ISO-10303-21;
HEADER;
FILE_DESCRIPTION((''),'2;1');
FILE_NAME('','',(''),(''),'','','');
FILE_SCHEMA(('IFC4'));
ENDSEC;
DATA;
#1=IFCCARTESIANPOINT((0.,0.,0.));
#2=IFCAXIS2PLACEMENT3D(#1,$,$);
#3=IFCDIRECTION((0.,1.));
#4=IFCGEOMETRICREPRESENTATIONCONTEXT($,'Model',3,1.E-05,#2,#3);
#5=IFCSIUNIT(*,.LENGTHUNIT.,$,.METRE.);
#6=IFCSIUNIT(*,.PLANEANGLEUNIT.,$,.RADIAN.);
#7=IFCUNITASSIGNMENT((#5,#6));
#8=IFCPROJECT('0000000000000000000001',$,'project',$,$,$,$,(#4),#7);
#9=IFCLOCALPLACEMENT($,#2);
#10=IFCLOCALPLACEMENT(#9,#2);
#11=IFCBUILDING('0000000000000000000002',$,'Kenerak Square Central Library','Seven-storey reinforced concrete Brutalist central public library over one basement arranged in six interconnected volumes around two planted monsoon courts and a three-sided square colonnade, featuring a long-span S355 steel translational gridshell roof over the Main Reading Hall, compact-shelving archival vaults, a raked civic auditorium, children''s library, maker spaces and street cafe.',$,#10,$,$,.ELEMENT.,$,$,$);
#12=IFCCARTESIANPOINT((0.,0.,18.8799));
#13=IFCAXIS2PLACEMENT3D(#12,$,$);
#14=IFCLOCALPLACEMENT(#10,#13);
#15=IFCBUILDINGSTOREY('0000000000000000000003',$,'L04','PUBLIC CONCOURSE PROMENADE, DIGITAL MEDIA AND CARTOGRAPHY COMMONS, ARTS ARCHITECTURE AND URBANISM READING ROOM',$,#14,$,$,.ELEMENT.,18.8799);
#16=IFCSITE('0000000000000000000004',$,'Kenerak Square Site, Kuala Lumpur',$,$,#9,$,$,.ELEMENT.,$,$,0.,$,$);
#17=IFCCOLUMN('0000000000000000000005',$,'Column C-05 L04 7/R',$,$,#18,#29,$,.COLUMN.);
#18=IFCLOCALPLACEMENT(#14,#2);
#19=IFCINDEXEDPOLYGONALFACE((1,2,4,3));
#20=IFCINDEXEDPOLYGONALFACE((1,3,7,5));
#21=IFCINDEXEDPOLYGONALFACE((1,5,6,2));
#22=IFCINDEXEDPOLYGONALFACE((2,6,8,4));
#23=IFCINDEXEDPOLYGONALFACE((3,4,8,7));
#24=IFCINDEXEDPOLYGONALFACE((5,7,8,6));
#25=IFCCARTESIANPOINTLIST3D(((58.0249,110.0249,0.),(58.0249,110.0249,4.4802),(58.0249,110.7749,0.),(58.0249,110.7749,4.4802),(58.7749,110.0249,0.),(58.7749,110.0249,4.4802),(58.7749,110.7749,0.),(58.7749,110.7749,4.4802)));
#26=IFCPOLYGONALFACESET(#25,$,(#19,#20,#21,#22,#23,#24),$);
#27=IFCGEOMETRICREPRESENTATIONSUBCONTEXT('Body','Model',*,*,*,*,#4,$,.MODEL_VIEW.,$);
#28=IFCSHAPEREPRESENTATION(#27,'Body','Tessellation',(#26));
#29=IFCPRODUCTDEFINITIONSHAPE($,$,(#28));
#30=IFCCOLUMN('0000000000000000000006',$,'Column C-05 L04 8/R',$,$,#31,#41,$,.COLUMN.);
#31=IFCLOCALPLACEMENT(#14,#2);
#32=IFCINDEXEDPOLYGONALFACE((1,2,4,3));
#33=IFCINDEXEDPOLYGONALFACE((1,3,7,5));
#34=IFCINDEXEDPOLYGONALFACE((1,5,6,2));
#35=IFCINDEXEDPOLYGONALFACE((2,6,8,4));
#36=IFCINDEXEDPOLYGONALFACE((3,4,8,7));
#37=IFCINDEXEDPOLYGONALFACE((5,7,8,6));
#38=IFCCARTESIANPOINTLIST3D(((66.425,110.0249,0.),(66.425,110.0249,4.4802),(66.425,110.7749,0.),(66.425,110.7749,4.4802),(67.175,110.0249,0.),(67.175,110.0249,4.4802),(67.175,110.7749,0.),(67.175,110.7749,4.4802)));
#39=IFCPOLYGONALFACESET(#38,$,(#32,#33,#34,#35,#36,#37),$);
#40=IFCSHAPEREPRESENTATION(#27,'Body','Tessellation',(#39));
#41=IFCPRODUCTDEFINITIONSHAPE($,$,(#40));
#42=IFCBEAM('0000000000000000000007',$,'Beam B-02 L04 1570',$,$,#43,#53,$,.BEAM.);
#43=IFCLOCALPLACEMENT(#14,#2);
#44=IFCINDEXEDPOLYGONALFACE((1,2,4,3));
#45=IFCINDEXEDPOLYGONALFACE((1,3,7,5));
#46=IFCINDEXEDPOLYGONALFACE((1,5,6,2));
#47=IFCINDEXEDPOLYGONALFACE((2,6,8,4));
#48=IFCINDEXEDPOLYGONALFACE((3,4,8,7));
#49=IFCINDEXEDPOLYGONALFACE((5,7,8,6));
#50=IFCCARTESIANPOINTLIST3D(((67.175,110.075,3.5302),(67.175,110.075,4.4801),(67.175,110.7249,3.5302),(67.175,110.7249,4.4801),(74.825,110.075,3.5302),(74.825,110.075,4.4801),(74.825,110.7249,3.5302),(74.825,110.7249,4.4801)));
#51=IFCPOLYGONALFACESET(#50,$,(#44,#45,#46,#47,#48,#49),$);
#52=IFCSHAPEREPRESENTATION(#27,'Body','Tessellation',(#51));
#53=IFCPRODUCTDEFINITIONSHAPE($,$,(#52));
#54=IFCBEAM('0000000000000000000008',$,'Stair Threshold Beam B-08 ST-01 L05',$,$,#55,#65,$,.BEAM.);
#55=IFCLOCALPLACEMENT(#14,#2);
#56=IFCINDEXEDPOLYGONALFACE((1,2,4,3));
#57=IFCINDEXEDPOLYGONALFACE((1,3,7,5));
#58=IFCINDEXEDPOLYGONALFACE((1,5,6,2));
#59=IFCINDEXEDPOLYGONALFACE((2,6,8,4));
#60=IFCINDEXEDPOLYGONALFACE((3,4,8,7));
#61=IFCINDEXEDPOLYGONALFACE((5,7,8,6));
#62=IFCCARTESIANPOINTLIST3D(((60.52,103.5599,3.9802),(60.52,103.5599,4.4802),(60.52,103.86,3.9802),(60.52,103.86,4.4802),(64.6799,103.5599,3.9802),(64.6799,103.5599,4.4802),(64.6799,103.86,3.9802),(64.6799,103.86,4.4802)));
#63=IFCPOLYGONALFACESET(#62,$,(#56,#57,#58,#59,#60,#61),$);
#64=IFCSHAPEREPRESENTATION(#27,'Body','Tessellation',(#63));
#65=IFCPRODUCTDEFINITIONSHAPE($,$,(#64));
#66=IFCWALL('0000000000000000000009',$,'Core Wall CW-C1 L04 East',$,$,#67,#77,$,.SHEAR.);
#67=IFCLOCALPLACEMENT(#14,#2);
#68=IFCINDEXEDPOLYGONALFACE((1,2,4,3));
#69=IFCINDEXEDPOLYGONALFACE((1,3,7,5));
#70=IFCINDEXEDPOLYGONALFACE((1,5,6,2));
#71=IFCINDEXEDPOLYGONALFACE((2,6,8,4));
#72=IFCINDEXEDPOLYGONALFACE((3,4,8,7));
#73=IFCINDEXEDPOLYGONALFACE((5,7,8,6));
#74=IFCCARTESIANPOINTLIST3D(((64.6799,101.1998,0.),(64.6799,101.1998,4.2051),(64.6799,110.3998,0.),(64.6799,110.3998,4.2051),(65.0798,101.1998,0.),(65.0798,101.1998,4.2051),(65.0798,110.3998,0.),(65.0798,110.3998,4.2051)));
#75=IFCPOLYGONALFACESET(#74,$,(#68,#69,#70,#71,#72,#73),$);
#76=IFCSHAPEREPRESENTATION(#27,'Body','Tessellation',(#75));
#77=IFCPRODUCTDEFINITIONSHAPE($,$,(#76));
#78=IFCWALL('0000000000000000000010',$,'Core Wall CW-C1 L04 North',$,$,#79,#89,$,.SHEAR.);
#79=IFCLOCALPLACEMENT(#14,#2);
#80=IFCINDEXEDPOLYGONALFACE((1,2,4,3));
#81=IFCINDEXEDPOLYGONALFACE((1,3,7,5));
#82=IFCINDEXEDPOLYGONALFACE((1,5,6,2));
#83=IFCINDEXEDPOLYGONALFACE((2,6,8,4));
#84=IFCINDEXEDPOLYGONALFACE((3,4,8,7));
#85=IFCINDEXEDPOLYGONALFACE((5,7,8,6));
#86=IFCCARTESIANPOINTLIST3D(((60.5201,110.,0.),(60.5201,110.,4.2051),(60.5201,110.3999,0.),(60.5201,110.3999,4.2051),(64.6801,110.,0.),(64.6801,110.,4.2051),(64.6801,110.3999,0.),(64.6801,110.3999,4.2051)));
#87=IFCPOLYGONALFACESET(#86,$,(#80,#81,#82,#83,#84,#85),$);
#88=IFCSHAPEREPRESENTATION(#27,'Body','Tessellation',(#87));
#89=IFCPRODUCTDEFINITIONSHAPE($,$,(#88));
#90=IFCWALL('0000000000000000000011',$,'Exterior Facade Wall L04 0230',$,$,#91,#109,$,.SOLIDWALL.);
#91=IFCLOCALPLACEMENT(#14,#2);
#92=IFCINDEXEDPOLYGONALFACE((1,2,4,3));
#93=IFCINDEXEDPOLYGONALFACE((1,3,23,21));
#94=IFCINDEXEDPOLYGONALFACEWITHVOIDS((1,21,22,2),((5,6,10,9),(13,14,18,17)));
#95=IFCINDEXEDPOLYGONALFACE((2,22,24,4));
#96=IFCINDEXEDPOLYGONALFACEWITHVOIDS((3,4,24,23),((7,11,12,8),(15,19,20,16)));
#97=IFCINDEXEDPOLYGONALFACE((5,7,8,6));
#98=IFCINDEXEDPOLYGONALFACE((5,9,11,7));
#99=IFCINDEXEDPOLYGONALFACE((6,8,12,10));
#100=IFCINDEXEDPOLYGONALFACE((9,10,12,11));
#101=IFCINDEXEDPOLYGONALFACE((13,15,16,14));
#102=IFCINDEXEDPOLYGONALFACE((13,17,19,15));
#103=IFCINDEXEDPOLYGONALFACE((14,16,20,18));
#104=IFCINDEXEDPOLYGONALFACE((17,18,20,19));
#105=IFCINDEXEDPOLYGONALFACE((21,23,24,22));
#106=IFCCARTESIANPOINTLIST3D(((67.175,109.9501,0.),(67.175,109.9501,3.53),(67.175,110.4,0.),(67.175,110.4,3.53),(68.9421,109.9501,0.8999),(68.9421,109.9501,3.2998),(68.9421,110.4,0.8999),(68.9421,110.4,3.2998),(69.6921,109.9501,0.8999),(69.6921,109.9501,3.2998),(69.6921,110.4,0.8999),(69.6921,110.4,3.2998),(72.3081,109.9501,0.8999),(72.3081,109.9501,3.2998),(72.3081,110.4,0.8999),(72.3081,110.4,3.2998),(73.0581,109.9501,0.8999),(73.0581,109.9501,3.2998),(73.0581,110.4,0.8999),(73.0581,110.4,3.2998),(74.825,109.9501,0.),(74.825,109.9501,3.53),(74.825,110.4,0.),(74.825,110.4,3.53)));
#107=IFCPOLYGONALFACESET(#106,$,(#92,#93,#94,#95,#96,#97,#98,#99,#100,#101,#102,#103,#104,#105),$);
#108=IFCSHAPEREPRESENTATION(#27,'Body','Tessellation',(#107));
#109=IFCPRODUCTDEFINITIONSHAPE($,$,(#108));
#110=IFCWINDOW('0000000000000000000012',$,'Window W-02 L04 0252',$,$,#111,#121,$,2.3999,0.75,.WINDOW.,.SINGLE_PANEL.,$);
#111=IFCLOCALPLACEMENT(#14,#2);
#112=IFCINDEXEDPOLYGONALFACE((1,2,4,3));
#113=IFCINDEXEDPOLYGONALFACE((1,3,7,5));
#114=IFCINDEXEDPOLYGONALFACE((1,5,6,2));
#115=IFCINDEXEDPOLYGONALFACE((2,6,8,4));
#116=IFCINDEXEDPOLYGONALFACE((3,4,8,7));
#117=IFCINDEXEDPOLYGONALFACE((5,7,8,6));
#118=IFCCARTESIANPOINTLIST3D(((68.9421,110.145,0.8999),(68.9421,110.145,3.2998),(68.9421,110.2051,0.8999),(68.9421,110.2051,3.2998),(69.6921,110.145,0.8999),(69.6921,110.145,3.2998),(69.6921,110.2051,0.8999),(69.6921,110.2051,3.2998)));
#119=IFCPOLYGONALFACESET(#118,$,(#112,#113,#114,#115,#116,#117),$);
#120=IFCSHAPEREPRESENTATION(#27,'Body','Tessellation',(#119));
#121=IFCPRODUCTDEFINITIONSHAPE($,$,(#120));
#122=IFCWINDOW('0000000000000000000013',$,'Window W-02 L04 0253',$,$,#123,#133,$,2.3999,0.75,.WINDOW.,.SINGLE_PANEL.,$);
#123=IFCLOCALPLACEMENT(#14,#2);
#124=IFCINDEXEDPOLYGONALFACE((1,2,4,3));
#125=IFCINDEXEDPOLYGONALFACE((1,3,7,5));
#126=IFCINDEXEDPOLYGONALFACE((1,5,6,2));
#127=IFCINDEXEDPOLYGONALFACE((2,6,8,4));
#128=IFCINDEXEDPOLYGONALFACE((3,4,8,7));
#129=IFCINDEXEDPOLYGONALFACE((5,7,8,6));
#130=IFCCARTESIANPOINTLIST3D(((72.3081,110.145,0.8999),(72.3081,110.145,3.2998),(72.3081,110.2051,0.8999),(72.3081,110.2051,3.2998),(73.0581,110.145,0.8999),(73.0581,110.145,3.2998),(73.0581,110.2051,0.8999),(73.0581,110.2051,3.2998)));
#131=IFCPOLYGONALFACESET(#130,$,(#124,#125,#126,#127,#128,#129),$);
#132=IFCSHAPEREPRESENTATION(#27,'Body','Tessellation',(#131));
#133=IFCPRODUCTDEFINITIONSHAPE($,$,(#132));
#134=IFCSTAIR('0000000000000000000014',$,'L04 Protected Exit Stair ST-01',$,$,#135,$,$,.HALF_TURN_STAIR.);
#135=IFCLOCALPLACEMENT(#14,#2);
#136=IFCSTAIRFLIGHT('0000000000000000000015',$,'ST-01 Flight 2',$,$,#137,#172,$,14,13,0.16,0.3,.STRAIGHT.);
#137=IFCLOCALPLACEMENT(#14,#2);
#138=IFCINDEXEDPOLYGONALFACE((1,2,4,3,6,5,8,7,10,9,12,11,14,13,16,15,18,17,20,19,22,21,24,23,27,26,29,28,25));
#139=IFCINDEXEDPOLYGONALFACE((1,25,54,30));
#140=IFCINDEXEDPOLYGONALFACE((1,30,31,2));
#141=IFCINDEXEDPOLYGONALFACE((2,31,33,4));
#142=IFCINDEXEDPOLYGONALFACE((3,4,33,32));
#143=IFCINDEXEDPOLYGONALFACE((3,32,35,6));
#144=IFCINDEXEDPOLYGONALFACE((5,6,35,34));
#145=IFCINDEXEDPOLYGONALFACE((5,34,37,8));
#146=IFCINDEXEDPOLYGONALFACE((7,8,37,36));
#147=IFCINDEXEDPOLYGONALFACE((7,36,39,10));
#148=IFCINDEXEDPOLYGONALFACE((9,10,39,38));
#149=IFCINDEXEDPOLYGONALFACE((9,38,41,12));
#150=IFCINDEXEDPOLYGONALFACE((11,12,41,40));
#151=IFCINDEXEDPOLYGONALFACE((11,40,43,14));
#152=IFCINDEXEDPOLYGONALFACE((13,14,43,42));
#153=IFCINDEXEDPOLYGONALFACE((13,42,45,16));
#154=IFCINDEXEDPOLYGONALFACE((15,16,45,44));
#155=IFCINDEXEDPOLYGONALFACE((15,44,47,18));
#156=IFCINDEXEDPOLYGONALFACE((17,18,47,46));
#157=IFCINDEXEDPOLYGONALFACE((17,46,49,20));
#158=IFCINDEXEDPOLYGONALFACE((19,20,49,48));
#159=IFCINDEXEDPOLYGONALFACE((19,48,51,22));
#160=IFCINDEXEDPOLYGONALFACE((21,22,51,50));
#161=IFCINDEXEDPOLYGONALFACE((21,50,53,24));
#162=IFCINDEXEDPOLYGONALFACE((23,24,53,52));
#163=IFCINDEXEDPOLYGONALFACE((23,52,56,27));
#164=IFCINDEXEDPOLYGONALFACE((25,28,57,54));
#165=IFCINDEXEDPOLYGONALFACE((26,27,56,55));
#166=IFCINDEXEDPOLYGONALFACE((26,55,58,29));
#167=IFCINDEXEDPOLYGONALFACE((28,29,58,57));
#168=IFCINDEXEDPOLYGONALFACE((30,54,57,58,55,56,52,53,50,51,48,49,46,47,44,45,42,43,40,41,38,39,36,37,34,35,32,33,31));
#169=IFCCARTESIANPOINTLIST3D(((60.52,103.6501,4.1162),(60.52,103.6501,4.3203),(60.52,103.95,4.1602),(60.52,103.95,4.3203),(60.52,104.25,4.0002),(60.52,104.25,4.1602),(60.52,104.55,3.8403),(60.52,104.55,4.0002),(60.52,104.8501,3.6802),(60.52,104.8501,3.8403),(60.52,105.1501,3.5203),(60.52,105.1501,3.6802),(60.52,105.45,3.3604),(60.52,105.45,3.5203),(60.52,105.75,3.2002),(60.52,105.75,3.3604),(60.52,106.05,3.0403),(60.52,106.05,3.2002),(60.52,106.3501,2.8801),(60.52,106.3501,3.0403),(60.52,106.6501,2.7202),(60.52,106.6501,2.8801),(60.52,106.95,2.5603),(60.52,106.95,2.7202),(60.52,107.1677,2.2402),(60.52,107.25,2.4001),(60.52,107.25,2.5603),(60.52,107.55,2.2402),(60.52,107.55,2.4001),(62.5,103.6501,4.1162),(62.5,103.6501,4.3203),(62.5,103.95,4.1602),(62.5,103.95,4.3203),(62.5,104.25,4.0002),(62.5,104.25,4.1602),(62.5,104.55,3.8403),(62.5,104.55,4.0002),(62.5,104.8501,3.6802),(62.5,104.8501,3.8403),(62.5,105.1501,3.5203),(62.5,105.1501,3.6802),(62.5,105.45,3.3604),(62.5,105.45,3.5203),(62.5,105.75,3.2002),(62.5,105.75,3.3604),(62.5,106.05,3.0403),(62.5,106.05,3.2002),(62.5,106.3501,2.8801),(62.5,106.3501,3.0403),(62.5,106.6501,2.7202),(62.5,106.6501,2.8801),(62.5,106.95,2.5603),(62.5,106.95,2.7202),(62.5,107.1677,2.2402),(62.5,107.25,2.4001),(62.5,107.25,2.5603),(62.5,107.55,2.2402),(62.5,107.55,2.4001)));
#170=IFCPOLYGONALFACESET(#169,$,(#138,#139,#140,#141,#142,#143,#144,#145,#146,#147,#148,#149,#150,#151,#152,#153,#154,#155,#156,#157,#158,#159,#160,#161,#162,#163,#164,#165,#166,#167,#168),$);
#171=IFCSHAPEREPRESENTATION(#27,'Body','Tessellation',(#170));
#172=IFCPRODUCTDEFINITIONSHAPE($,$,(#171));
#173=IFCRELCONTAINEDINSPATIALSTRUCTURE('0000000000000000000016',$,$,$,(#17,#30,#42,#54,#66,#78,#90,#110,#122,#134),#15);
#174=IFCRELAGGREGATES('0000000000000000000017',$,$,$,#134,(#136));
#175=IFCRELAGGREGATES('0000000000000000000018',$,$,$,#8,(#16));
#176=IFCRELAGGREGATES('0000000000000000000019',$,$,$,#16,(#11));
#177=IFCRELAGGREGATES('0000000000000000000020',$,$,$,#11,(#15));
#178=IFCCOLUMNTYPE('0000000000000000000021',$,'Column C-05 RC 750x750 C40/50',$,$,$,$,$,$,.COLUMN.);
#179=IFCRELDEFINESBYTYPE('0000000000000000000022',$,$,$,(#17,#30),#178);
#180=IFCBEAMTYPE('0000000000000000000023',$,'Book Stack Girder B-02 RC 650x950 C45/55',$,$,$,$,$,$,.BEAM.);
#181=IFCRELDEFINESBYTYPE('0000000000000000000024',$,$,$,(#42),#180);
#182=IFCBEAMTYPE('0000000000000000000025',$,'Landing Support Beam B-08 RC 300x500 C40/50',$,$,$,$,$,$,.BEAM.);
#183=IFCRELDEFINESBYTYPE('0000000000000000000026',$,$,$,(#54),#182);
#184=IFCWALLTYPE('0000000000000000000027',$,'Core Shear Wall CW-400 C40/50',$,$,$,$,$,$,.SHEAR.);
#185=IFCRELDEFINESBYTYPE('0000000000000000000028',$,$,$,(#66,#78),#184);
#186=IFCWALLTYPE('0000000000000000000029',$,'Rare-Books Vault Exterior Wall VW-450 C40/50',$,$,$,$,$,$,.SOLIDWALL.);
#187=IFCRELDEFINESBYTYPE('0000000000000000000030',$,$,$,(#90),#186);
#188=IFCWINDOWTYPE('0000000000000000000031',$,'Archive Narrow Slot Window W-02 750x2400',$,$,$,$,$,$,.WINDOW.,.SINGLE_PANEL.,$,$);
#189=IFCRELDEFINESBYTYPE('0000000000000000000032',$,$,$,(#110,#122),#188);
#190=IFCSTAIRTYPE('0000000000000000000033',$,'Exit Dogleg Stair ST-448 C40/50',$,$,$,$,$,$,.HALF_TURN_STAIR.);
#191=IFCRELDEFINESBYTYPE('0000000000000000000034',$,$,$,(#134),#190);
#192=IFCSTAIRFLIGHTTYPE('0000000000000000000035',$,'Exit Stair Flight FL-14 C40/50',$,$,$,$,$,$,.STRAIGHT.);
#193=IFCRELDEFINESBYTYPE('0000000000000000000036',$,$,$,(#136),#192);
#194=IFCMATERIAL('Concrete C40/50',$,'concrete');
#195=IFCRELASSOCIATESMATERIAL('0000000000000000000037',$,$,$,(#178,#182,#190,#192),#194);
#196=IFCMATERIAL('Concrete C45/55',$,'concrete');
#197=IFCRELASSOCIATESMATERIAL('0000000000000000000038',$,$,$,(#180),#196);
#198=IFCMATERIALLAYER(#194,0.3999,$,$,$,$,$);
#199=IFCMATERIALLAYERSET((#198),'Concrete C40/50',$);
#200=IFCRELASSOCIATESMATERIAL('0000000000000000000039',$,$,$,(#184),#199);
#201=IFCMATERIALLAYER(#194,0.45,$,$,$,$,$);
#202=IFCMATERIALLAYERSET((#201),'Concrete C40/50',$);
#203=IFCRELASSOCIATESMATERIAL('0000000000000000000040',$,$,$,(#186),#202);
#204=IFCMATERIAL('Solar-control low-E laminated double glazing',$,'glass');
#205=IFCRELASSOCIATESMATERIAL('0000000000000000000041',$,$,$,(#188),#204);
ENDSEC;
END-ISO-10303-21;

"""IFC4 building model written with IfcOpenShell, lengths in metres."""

from ifc_helpers import new_model, si_unit, direction, frame, frame_2d, origin, origin_2d, place, context, subcontext, project, spatial, polyline, rectangle, outline, extrude, material, layer, layer_set, material_profile, profile_set, type_object, element, fill, aggregate, save


model = new_model("IFC4")

# Units and contexts
model_context = context("Model", 3, precision=1e-05, world=origin(), true_north=direction((0.0, 1.0)))
body_context = subcontext(model_context, "Body", "Model", "MODEL_VIEW")
ifc_project = project(units=[si_unit("LENGTHUNIT", "METRE"), si_unit("PLANEANGLEUNIT", "RADIAN")], contexts=[model_context])

# Site, building, storey
site_placement = place(None, origin())
site = spatial("IfcSite", under=ifc_project, at=site_placement, Name="Kenerak Square Site, Kuala Lumpur", CompositionType="ELEMENT", RefElevation=0.0)
building_placement = place(site_placement, origin())
building = spatial("IfcBuilding", under=site, at=building_placement, Name="Kenerak Square Central Library", Description="Seven-storey reinforced concrete Brutalist central public library over one basement arranged in six interconnected volumes around two planted monsoon courts and a three-sided square colonnade, featuring a long-span S355 steel translational gridshell roof over the Main Reading Hall, compact-shelving archival vaults, a raked civic auditorium, children's library, maker spaces and street cafe.", CompositionType="ELEMENT")
storey_placement = place(building_placement, frame((0.0, 0.0, 18.8799)))
storey = spatial("IfcBuildingStorey", under=building, at=storey_placement, Name="L04", Description="PUBLIC CONCOURSE PROMENADE, DIGITAL MEDIA AND CARTOGRAPHY COMMONS, ARTS ARCHITECTURE AND URBANISM READING ROOM", CompositionType="ELEMENT", Elevation=18.8799)

# Columns
ifc_material_1 = material(Name="Concrete C40/50", Category="concrete")
ifc_material_profile_1 = material_profile(ifc_material_1, rectangle(XDim=0.75, YDim=0.75, at=origin_2d()), Name="RC 750x750")
ifc_profile_set_1 = profile_set([ifc_material_profile_1], Name="Concrete C40/50")
column_type = type_object("IfcColumnType", Name="Column C-05 RC 750x750 C40/50", PredefinedType="COLUMN", material=ifc_profile_set_1)
for number, where, z_axis, x_axis, name in (
    (1, (58.3999, 110.3999, 0.0), (0.0, 0.0, 1.0), (1.0, 0.0, 0.0), "Column C-05 L04 7/R"),
    (2, (66.8, 110.3999, 0.0), (0.0, 0.0, 1.0), (1.0, 0.0, 0.0), "Column C-05 L04 8/R"),
):
    element("IfcColumn", number, at=place(storey_placement, frame(where, z_axis=z_axis, x_axis=x_axis)), inside=storey, type_object=column_type, Name=name, PredefinedType="COLUMN", context=body_context, shape_type="SweptSolid", body=[
        extrude(rectangle(XDim=0.75, YDim=0.75, at=origin_2d()), origin(), (0.0, 0.0, 1.0), 4.4802),
    ])

# Beams
ifc_material_2 = material(Name="Concrete C45/55", Category="concrete")
ifc_material_profile_2 = material_profile(ifc_material_2, rectangle(XDim=0.6499, YDim=0.95, at=origin_2d()), Name="RC 650x950")
ifc_profile_set_2 = profile_set([ifc_material_profile_2], Name="Concrete C45/55")
beam_type_1 = type_object("IfcBeamType", Name="Book Stack Girder B-02 RC 650x950 C45/55", PredefinedType="BEAM", material=ifc_profile_set_2)
beam_1_placement = place(storey_placement, frame((67.175, 110.3999, 4.0051), z_axis=(1.0, 0.0, 0.0), x_axis=(0.0, 1.0, 0.0)))
element("IfcBeam", 3, at=beam_1_placement, inside=storey, type_object=beam_type_1, Name="Beam B-02 L04 1570", PredefinedType="BEAM", context=body_context, shape_type="SweptSolid", body=[
    extrude(rectangle(XDim=0.6499, YDim=0.95, at=origin_2d()), origin(), (0.0, 0.0, 1.0), 7.6499),
])
ifc_material_profile_3 = material_profile(ifc_material_1, rectangle(XDim=0.3, YDim=0.5, at=origin_2d()), Name="RC 300x500")
ifc_profile_set_3 = profile_set([ifc_material_profile_3], Name="Concrete C40/50")
beam_type_2 = type_object("IfcBeamType", Name="Landing Support Beam B-08 RC 300x500 C40/50", PredefinedType="BEAM", material=ifc_profile_set_3)
beam_2_placement = place(storey_placement, frame((60.52, 103.71, 4.2302), z_axis=(1.0, 0.0, 0.0), x_axis=(0.0, 1.0, 0.0)))
element("IfcBeam", 4, at=beam_2_placement, inside=storey, type_object=beam_type_2, Name="Stair Threshold Beam B-08 ST-01 L05", PredefinedType="BEAM", context=body_context, shape_type="SweptSolid", body=[
    extrude(rectangle(XDim=0.3, YDim=0.5, at=origin_2d()), origin(), (0.0, 0.0, 1.0), 4.1599),
])

# Walls
ifc_layer_1 = layer(ifc_material_1, 0.3999)
ifc_layer_set_1 = layer_set([ifc_layer_1], Name="Concrete C40/50")
wall_type_1 = type_object("IfcWallType", Name="Core Shear Wall CW-400 C40/50", PredefinedType="SHEAR", material=ifc_layer_set_1)
wall_1_placement = place(storey_placement, frame((64.8799, 110.3999, 0.0), z_axis=(0.0, 0.0, 1.0), x_axis=(0.0, -1.0, 0.0)))
element("IfcWall", 5, at=wall_1_placement, inside=storey, type_object=wall_type_1, Name="Core Wall CW-C1 L04 East", PredefinedType="SHEAR", context=body_context, shape_type="SweptSolid", body=[
    extrude(rectangle(XDim=9.2, YDim=0.3999, at=frame_2d((4.6001, 0.0))), origin(), (0.0, 0.0, 1.0), 4.2051),
])
wall_2_placement = place(storey_placement, frame((60.52, 110.2, 0.0), z_axis=(0.0, 0.0, 1.0), x_axis=(1.0, 0.0, 0.0)))
element("IfcWall", 6, at=wall_2_placement, inside=storey, type_object=wall_type_1, Name="Core Wall CW-C1 L04 North", PredefinedType="SHEAR", context=body_context, shape_type="SweptSolid", body=[
    extrude(rectangle(XDim=4.1599, YDim=0.3999, at=frame_2d((2.0801, 0.0))), origin(), (0.0, 0.0, 1.0), 4.2051),
])

# Wall, openings, windows
ifc_layer_2 = layer(ifc_material_1, 0.45)
ifc_layer_set_2 = layer_set([ifc_layer_2], Name="Concrete C40/50")
wall_type_2 = type_object("IfcWallType", Name="Rare-Books Vault Exterior Wall VW-450 C40/50", PredefinedType="SOLIDWALL", material=ifc_layer_set_2)
wall_3_placement = place(storey_placement, frame((67.175, 110.175, 0.0), z_axis=(0.0, 0.0, 1.0), x_axis=(1.0, 0.0, 0.0)))
wall_3 = element("IfcWall", 7, at=wall_3_placement, inside=storey, type_object=wall_type_2, Name="Exterior Facade Wall L04 0230", PredefinedType="SOLIDWALL", context=body_context, shape_type="SweptSolid", body=[
    extrude(rectangle(XDim=7.6499, YDim=0.45, at=frame_2d((3.825, 0.0))), origin(), (0.0, 0.0, 1.0), 3.53),
])
opening_1_placement = place(wall_3_placement, frame((1.7671, 0.0, 0.8999)))
opening_1 = element("IfcOpeningElement", 8, at=opening_1_placement, cuts=wall_3, PredefinedType="OPENING", context=body_context, shape_type="SweptSolid", body=[
    extrude(rectangle(XDim=0.75, YDim=2.3999, at=frame_2d((0.375, 1.2))), frame((0.0, 0.2349, 0.0), z_axis=(0.0, -1.0, 0.0), x_axis=(1.0, 0.0, 0.0)), (0.0, 0.0, 1.0), 0.47),
])
opening_2_placement = place(wall_3_placement, frame((5.1331, 0.0, 0.8999)))
opening_2 = element("IfcOpeningElement", 9, at=opening_2_placement, cuts=wall_3, PredefinedType="OPENING", context=body_context, shape_type="SweptSolid", body=[
    extrude(rectangle(XDim=0.75, YDim=2.3999, at=frame_2d((0.375, 1.2))), frame((0.0, 0.2349, 0.0), z_axis=(0.0, -1.0, 0.0), x_axis=(1.0, 0.0, 0.0)), (0.0, 0.0, 1.0), 0.47),
])
ifc_material_3 = material(Name="Solar-control low-E laminated double glazing", Category="glass")
window_type = type_object("IfcWindowType", Name="Archive Narrow Slot Window W-02 750x2400", PartitioningType="SINGLE_PANEL", PredefinedType="WINDOW", material=ifc_material_3)
window_1_placement = place(opening_1_placement, origin())
window_1 = element("IfcWindow", 10, at=window_1_placement, inside=storey, type_object=window_type, Name="Window W-02 L04 0252", OverallHeight=2.3999, OverallWidth=0.75, PartitioningType="SINGLE_PANEL", PredefinedType="WINDOW", context=body_context, shape_type="SweptSolid", body=[
    extrude(rectangle(XDim=0.75, YDim=2.3999, at=frame_2d((0.375, 1.2))), frame((0.0, 0.03, 0.0), z_axis=(0.0, -1.0, 0.0), x_axis=(1.0, 0.0, 0.0)), (0.0, 0.0, 1.0), 0.0601),
])
fill(opening_1, window_1)
window_2_placement = place(opening_2_placement, origin())
window_2 = element("IfcWindow", 11, at=window_2_placement, inside=storey, type_object=window_type, Name="Window W-02 L04 0253", OverallHeight=2.3999, OverallWidth=0.75, PartitioningType="SINGLE_PANEL", PredefinedType="WINDOW", context=body_context, shape_type="SweptSolid", body=[
    extrude(rectangle(XDim=0.75, YDim=2.3999, at=frame_2d((0.375, 1.2))), frame((0.0, 0.03, 0.0), z_axis=(0.0, -1.0, 0.0), x_axis=(1.0, 0.0, 0.0)), (0.0, 0.0, 1.0), 0.0601),
])
fill(opening_2, window_2)

# Stair, stair flight
stair_type = type_object("IfcStairType", Name="Exit Dogleg Stair ST-448 C40/50", PredefinedType="HALF_TURN_STAIR", material=ifc_material_1)
stair_placement = place(storey_placement, origin())
stair = element("IfcStair", 12, at=stair_placement, inside=storey, type_object=stair_type, Name="L04 Protected Exit Stair ST-01", PredefinedType="HALF_TURN_STAIR")
stair_flight_type = type_object("IfcStairFlightType", Name="Exit Stair Flight FL-14 C40/50", PredefinedType="STRAIGHT", material=ifc_material_1)
stair_flight_placement = place(storey_placement, frame((61.51, 107.55, 2.2402), z_axis=(0.0, 0.0, 1.0), x_axis=(0.0, -1.0, 0.0)))
stair_flight = element("IfcStairFlight", 13, at=stair_flight_placement, type_object=stair_flight_type, Name="ST-01 Flight 2", NumberOfRisers=14, NumberOfTreads=13, PredefinedType="STRAIGHT", RiserHeight=0.16, TreadLength=0.3, context=body_context, shape_type="SweptSolid", body=[
    extrude(outline(polyline([(0.0, 0.0), (0.0, 0.1599), (0.3, 0.1599), (0.3, 0.3201), (0.6001, 0.3201), (0.6001, 0.48), (0.8999, 0.48), (0.8999, 0.6399), (1.2, 0.6399), (1.2, 0.8), (1.5, 0.8), (1.5, 0.96), (1.8, 0.96), (1.8, 1.1201), (2.1001, 1.1201), (2.1001, 1.28), (2.3999, 1.28), (2.3999, 1.4399), (2.7, 1.4399), (2.7, 1.6001), (3.0, 1.6001), (3.0, 1.76), (3.3, 1.76), (3.3, 1.9199), (3.6001, 1.9199), (3.6001, 2.0801), (3.8999, 2.0801), (3.8999, 2.24), (3.8999, 1.876), (0.3823, 0.0), (0.0, 0.0)])), frame((0.0, 0.99, 0.0), z_axis=(0.0, -1.0, 0.0), x_axis=(1.0, 0.0, 0.0)), (0.0, 0.0, 1.0), 1.98),
])
aggregate(stair, [stair_flight])

save(model, "model.ifc")
